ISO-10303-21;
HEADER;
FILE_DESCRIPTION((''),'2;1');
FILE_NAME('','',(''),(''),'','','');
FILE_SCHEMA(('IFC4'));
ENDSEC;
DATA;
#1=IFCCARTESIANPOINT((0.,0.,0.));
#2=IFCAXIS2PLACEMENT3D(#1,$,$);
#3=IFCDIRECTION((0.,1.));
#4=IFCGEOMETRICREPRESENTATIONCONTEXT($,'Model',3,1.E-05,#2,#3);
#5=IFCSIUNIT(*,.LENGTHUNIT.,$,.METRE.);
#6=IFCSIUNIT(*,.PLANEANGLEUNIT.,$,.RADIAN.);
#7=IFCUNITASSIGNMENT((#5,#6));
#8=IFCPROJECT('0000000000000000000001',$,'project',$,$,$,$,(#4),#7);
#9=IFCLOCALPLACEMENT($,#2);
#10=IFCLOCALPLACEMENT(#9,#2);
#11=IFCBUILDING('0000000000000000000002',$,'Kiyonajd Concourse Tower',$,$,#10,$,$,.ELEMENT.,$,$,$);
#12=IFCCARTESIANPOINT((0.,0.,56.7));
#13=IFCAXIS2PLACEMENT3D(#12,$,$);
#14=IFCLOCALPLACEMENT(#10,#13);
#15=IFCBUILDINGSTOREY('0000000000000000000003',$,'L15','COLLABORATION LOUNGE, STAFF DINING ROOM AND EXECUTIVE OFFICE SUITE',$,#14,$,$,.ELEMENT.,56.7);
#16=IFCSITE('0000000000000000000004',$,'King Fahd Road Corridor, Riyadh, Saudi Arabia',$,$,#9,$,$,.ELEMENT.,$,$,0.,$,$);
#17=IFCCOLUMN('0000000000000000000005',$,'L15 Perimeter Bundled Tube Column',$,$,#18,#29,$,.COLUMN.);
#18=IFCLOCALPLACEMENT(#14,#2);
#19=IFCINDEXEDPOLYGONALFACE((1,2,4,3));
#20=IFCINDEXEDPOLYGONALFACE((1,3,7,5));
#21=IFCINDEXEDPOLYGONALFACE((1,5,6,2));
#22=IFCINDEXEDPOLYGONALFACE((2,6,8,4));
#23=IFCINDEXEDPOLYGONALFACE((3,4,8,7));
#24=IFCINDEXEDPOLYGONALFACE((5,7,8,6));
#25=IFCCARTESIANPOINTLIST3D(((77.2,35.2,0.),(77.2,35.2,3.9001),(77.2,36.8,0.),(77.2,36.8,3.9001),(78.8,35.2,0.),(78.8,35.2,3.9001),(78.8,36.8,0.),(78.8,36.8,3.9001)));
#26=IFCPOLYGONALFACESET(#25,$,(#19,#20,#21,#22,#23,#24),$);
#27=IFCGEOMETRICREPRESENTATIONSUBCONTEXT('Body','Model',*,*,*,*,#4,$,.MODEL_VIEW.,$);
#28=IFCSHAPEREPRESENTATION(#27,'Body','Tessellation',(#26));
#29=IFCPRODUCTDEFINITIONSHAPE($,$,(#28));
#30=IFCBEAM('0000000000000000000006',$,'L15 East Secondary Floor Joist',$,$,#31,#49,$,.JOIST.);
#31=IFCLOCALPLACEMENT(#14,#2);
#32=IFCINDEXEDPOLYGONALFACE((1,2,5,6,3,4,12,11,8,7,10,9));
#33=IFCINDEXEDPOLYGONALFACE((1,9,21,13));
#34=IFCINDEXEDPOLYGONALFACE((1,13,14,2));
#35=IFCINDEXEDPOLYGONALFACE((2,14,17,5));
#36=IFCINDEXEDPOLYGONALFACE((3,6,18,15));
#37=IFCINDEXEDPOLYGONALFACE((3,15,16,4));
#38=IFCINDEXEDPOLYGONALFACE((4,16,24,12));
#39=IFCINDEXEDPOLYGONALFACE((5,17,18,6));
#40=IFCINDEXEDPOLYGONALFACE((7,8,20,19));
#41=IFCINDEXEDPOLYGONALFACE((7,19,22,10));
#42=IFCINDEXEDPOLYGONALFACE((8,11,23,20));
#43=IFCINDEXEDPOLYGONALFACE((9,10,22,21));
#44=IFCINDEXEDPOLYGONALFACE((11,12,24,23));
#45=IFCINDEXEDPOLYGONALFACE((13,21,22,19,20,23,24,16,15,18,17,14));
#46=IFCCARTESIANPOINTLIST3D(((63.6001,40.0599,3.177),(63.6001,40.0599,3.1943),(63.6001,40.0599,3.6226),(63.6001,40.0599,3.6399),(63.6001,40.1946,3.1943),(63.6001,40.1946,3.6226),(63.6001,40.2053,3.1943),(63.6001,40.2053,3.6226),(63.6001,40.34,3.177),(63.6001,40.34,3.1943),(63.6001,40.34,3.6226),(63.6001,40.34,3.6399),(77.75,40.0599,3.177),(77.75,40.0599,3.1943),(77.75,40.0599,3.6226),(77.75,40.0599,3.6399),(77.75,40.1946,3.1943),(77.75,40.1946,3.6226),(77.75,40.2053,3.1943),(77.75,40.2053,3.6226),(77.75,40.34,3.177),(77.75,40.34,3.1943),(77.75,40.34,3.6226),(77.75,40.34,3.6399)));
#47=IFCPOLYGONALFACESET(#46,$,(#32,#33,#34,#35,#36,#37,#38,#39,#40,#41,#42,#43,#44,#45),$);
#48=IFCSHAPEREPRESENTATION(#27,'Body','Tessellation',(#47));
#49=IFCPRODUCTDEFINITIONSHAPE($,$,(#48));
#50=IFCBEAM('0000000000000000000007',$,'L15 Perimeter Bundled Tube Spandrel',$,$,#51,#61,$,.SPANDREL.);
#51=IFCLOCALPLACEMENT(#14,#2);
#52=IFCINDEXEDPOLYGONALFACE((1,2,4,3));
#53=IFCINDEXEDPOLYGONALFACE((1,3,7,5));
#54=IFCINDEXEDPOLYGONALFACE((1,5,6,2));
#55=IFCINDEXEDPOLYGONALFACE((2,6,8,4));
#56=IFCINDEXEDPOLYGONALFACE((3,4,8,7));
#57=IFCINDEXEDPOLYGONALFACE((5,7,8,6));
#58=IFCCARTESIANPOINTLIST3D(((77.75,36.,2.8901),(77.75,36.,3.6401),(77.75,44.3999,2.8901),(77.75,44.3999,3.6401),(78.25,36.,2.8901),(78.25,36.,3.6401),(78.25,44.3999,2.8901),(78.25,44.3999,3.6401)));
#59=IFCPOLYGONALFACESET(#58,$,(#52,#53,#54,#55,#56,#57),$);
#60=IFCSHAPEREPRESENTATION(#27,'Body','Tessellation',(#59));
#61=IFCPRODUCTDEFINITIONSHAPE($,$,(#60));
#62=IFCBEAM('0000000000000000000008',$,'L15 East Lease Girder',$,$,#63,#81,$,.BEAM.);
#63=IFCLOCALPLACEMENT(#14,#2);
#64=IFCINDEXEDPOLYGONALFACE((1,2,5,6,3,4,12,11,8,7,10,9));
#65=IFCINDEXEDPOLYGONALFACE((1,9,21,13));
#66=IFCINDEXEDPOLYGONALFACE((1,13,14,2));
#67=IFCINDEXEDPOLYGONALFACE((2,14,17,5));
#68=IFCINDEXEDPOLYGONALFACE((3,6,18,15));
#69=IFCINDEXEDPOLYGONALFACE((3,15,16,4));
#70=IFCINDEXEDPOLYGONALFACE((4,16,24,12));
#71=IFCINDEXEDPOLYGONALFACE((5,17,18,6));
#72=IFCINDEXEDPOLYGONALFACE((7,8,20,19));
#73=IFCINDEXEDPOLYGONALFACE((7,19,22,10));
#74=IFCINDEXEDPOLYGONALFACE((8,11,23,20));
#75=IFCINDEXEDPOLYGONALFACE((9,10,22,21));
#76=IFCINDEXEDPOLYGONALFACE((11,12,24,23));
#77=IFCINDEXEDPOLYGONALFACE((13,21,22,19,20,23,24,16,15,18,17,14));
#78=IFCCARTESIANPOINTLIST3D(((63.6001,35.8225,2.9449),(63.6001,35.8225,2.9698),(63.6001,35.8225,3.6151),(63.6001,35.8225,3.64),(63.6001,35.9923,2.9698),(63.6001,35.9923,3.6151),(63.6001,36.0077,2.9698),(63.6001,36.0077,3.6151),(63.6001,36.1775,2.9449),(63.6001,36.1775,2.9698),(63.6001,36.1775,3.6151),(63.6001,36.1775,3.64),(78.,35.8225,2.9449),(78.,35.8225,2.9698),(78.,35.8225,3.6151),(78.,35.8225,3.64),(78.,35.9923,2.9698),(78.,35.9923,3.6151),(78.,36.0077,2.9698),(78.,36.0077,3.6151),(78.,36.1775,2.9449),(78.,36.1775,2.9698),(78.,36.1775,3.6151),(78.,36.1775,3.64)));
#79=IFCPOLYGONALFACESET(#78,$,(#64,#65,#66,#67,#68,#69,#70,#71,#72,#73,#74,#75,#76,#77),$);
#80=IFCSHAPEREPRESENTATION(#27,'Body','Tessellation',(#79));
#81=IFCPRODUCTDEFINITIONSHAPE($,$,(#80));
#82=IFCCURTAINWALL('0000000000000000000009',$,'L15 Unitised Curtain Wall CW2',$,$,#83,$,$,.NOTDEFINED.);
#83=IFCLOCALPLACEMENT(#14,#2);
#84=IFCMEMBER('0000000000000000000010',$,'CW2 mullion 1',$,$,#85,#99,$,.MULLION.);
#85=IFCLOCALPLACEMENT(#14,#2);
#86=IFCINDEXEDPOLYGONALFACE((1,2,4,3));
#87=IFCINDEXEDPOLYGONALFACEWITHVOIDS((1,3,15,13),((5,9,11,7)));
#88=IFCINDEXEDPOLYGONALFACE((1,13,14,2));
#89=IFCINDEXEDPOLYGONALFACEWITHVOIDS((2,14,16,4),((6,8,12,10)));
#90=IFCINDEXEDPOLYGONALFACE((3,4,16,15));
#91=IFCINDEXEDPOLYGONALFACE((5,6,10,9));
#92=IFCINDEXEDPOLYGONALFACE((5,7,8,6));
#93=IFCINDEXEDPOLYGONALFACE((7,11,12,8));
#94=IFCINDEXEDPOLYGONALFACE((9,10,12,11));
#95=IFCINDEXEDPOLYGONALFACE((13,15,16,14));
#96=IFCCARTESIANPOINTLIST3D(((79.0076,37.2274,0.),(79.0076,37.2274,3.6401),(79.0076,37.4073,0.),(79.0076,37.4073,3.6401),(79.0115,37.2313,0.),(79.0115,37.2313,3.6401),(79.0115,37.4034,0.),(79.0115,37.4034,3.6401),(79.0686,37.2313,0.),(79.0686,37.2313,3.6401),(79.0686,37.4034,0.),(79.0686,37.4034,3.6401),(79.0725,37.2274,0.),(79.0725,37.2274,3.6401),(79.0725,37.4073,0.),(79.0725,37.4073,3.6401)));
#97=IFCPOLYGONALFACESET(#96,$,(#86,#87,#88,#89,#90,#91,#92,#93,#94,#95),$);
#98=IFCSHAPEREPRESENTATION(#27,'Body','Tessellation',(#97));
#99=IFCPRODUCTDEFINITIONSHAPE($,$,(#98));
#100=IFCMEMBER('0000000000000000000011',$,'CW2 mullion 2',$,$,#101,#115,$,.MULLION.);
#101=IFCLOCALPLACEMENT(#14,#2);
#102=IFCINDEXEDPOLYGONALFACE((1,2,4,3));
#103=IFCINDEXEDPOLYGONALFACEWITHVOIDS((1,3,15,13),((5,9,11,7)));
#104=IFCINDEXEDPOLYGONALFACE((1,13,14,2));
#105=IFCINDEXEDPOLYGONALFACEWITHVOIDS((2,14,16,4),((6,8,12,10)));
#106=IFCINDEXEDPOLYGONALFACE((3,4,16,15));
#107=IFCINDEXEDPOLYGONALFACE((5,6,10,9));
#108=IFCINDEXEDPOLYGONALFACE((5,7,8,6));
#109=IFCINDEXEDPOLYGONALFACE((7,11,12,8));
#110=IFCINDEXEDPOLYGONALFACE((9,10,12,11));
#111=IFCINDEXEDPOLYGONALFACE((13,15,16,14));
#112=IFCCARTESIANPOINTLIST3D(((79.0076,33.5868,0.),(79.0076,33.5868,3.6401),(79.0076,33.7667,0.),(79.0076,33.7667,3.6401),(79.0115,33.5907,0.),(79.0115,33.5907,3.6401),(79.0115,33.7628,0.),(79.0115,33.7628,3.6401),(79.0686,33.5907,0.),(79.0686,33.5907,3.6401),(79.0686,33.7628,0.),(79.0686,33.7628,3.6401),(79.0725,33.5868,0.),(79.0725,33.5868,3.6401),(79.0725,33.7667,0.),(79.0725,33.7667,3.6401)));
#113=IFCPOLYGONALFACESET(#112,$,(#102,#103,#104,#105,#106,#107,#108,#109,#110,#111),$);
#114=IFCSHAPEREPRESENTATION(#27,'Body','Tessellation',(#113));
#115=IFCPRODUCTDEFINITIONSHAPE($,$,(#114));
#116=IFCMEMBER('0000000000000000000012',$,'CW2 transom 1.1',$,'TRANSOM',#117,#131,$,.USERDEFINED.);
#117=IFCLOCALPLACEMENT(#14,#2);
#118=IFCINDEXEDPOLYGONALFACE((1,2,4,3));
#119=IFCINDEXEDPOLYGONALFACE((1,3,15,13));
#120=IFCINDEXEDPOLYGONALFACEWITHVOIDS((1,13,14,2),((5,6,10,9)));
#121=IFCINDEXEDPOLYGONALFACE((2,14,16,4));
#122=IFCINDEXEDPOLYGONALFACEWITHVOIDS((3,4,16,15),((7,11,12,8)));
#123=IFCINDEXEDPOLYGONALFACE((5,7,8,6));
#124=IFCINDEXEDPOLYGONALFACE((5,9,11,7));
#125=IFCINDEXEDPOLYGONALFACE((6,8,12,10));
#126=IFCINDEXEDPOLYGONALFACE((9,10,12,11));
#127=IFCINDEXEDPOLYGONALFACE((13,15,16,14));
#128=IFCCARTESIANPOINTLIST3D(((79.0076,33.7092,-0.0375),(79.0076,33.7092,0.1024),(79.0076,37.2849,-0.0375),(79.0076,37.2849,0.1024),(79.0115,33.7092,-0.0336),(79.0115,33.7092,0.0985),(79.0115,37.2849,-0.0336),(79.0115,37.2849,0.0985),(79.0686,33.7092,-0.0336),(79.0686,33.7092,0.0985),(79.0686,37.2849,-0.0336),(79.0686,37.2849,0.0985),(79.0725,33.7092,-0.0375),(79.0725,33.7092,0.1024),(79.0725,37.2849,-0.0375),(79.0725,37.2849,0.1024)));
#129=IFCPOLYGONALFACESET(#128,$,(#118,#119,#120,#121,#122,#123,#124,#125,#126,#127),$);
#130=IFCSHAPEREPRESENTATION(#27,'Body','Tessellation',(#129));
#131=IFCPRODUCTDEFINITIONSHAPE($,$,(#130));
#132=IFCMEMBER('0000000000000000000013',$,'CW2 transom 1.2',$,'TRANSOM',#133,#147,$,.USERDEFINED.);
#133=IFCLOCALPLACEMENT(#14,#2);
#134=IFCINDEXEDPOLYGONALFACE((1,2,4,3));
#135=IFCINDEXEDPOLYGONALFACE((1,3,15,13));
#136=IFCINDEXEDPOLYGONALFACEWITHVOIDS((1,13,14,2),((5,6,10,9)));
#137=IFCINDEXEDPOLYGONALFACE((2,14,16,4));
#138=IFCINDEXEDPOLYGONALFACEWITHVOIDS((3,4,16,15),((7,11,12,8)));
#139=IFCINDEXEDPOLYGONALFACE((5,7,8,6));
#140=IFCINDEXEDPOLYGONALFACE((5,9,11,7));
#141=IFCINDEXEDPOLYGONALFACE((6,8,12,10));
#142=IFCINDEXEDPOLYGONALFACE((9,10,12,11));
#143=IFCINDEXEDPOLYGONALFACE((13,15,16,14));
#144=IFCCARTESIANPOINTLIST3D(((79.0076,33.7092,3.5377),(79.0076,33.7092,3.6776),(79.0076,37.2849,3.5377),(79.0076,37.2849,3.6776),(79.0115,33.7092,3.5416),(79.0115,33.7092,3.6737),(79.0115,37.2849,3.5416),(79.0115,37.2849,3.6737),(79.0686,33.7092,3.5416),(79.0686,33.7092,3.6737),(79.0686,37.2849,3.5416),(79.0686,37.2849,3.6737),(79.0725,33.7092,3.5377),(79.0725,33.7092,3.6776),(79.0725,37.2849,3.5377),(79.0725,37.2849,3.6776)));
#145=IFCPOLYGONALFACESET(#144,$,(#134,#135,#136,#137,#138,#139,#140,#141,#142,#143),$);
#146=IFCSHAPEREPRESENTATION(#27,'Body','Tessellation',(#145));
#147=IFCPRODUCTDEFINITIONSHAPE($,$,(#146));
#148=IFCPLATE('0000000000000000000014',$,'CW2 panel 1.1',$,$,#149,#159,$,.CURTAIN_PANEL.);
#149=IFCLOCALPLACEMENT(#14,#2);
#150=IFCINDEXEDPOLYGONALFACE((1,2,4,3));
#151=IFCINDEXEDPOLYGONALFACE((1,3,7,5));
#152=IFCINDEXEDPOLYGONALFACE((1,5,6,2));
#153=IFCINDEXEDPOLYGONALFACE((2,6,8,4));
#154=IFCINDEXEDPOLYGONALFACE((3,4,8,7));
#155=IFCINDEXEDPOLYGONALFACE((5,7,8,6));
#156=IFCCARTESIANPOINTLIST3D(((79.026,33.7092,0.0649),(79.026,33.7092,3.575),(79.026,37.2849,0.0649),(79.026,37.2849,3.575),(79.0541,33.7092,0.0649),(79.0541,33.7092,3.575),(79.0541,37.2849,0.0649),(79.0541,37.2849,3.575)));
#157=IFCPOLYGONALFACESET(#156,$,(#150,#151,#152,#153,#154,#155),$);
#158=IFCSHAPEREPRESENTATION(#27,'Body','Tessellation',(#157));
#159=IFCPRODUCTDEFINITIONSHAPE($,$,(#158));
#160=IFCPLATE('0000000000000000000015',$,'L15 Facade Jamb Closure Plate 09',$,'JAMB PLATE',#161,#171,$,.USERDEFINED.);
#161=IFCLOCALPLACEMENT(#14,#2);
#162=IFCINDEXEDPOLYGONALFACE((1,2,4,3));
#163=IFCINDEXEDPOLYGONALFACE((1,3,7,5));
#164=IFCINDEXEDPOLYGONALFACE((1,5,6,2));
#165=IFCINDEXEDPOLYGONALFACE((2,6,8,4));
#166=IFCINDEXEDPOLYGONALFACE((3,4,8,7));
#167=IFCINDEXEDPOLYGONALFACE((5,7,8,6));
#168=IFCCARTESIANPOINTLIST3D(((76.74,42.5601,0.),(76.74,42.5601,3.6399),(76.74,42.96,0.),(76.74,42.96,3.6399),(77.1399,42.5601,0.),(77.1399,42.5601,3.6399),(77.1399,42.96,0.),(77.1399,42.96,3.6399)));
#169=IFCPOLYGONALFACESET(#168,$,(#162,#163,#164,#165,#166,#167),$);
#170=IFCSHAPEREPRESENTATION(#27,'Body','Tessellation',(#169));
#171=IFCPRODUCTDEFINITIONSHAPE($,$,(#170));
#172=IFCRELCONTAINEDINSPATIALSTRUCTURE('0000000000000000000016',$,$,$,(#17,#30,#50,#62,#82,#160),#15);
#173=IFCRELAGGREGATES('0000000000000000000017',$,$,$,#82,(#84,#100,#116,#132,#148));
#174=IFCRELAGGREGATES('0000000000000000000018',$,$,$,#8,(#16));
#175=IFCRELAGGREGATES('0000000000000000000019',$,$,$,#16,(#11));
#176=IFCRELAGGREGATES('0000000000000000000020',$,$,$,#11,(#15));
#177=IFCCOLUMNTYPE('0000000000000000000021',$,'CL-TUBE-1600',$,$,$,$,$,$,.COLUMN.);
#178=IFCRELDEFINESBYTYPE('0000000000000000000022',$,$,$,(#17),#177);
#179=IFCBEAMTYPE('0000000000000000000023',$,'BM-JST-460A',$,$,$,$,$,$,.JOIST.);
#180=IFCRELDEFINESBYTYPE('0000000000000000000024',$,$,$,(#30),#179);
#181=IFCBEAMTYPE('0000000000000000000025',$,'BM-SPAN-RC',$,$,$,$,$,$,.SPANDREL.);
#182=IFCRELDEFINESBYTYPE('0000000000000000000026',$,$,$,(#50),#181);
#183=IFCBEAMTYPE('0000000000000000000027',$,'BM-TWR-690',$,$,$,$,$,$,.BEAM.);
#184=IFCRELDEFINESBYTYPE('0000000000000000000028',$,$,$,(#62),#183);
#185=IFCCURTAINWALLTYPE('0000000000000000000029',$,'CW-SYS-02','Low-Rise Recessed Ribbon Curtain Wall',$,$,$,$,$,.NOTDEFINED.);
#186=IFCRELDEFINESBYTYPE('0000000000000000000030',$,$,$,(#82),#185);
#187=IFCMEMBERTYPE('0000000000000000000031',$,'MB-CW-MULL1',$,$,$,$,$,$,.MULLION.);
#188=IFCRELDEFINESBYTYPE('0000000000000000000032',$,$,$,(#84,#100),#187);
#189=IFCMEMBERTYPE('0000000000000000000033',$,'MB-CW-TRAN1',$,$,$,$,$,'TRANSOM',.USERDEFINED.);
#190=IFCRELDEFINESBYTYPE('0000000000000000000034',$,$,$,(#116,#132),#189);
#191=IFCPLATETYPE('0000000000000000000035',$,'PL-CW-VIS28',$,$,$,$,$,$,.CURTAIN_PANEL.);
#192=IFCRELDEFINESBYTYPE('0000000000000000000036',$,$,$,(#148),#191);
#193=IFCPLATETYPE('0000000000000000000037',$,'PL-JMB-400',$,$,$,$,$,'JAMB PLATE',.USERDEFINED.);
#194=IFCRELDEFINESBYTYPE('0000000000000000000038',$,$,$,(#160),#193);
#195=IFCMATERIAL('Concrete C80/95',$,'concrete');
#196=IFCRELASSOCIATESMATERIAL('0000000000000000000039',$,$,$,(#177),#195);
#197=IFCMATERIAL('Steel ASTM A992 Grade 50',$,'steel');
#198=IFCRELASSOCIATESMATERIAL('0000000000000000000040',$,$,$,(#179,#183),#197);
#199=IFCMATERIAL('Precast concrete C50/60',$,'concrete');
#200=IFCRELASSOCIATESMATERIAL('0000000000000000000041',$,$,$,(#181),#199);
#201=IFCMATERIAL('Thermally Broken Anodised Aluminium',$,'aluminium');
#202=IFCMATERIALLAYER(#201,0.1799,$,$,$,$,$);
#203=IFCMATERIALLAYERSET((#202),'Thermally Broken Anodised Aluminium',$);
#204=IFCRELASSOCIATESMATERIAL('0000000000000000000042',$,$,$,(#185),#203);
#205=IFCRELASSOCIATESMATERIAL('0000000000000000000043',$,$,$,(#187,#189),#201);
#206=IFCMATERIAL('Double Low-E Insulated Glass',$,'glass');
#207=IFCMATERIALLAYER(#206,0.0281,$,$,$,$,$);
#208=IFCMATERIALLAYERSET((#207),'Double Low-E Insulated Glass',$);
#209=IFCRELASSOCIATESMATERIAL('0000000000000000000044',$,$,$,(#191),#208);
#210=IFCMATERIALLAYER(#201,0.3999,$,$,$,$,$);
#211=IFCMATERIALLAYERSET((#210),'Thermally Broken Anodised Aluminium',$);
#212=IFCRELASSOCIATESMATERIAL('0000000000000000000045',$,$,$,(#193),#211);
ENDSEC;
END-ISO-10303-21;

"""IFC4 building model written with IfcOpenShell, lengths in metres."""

from ifc_helpers import new_model, si_unit, direction, frame, origin, origin_2d, place, context, subcontext, project, spatial, rectangle, hollow_rectangle, i_section, extrude, material, layer, layer_set, material_profile, profile_set, type_object, element, aggregate, save


model = new_model("IFC4")

# Units and contexts
model_context = context("Model", 3, precision=1e-05, world=origin(), true_north=direction((0.0, 1.0)))
body_context = subcontext(model_context, "Body", "Model", "MODEL_VIEW")
ifc_project = project(units=[si_unit("LENGTHUNIT", "METRE"), si_unit("PLANEANGLEUNIT", "RADIAN")], contexts=[model_context])

# Site, building, storey
site_placement = place(None, origin())
site = spatial("IfcSite", under=ifc_project, at=site_placement, Name="King Fahd Road Corridor, Riyadh, Saudi Arabia", CompositionType="ELEMENT", RefElevation=0.0)
building_placement = place(site_placement, origin())
building = spatial("IfcBuilding", under=site, at=building_placement, Name="Kiyonajd Concourse Tower", CompositionType="ELEMENT")
storey_placement = place(building_placement, frame((0.0, 0.0, 56.7)))
storey = spatial("IfcBuildingStorey", under=building, at=storey_placement, Name="L15", Description="COLLABORATION LOUNGE, STAFF DINING ROOM AND EXECUTIVE OFFICE SUITE", CompositionType="ELEMENT", Elevation=56.7)

# Column
ifc_material_1 = material(Name="Concrete C80/95", Category="concrete")
ifc_material_profile_1 = material_profile(ifc_material_1, rectangle(XDim=1.6001, YDim=1.6001, at=origin_2d()), Name="RC-1600x1600")
ifc_profile_set_1 = profile_set([ifc_material_profile_1], Name="Concrete C80/95")
column_type = type_object("IfcColumnType", Name="CL-TUBE-1600", PredefinedType="COLUMN", material=ifc_profile_set_1)
column_placement = place(storey_placement, frame((78.0, 36.0, 0.0), z_axis=(0.0, 0.0, 1.0), x_axis=(1.0, 0.0, 0.0)))
element("IfcColumn", 1, at=column_placement, inside=storey, type_object=column_type, Name="L15 Perimeter Bundled Tube Column", PredefinedType="COLUMN", context=body_context, shape_type="SweptSolid", body=[
    extrude(rectangle(XDim=1.6001, YDim=1.6001, at=origin_2d()), origin(), (0.0, 0.0, 1.0), 3.9001),
])

# Beams
ifc_material_2 = material(Name="Steel ASTM A992 Grade 50", Category="steel")
ifc_material_profile_2 = material_profile(ifc_material_2, i_section(OverallWidth=0.28, OverallDepth=0.4629, WebThickness=0.0107, FlangeThickness=0.0173, at=origin_2d()), Name="W460X113")
ifc_profile_set_2 = profile_set([ifc_material_profile_2], Name="Steel ASTM A992 Grade 50")
beam_type_1 = type_object("IfcBeamType", Name="BM-JST-460A", PredefinedType="JOIST", material=ifc_profile_set_2)
beam_1_placement = place(storey_placement, frame((63.6001, 40.2, 3.4084), z_axis=(1.0, 0.0, 0.0), x_axis=(0.0, 1.0, 0.0)))
element("IfcBeam", 2, at=beam_1_placement, inside=storey, type_object=beam_type_1, Name="L15 East Secondary Floor Joist", PredefinedType="JOIST", context=body_context, shape_type="SweptSolid", body=[
    extrude(i_section(OverallWidth=0.28, OverallDepth=0.4629, WebThickness=0.0107, FlangeThickness=0.0173, at=origin_2d()), origin(), (0.0, 0.0, 1.0), 14.1499),
])
ifc_material_3 = material(Name="Precast concrete C50/60", Category="concrete")
ifc_material_profile_3 = material_profile(ifc_material_3, rectangle(XDim=0.5, YDim=0.75, at=origin_2d()), Name="RCBM-500x750")
ifc_profile_set_3 = profile_set([ifc_material_profile_3], Name="Precast concrete C50/60")
beam_type_2 = type_object("IfcBeamType", Name="BM-SPAN-RC", PredefinedType="SPANDREL", material=ifc_profile_set_3)
beam_2_placement = place(storey_placement, frame((78.0, 36.0, 3.2651), z_axis=(0.0, 1.0, 0.0), x_axis=(-1.0, 0.0, 0.0)))
element("IfcBeam", 3, at=beam_2_placement, inside=storey, type_object=beam_type_2, Name="L15 Perimeter Bundled Tube Spandrel", PredefinedType="SPANDREL", context=body_context, shape_type="SweptSolid", body=[
    extrude(rectangle(XDim=0.5, YDim=0.75, at=origin_2d()), origin(), (0.0, 0.0, 1.0), 8.3999),
])
ifc_material_profile_4 = material_profile(ifc_material_2, i_section(OverallWidth=0.355, OverallDepth=0.6951, WebThickness=0.0154, FlangeThickness=0.0249, at=origin_2d()), Name="W690X217")
ifc_profile_set_4 = profile_set([ifc_material_profile_4], Name="Steel ASTM A992 Grade 50")
beam_type_3 = type_object("IfcBeamType", Name="BM-TWR-690", PredefinedType="BEAM", material=ifc_profile_set_4)
beam_3_placement = place(storey_placement, frame((63.6001, 36.0, 3.2925), z_axis=(1.0, 0.0, 0.0), x_axis=(0.0, 1.0, 0.0)))
element("IfcBeam", 4, at=beam_3_placement, inside=storey, type_object=beam_type_3, Name="L15 East Lease Girder", PredefinedType="BEAM", context=body_context, shape_type="SweptSolid", body=[
    extrude(i_section(OverallWidth=0.355, OverallDepth=0.6951, WebThickness=0.0154, FlangeThickness=0.0249, at=origin_2d()), origin(), (0.0, 0.0, 1.0), 14.3999),
])

# Curtain wall, members, plate
ifc_material_4 = material(Name="Thermally Broken Anodised Aluminium", Category="aluminium")
ifc_layer_1 = layer(ifc_material_4, 0.1799)
ifc_layer_set_1 = layer_set([ifc_layer_1], Name="Thermally Broken Anodised Aluminium")
curtain_wall_type = type_object("IfcCurtainWallType", Name="CW-SYS-02", Description="Low-Rise Recessed Ribbon Curtain Wall", PredefinedType="NOTDEFINED", material=ifc_layer_set_1)
curtain_wall_placement = place(storey_placement, origin())
curtain_wall = element("IfcCurtainWall", 5, at=curtain_wall_placement, inside=storey, type_object=curtain_wall_type, Name="L15 Unitised Curtain Wall CW2", PredefinedType="NOTDEFINED")
ifc_material_profile_5 = material_profile(ifc_material_4, hollow_rectangle(XDim=0.0649, YDim=0.1799, WallThickness=0.0039, at=origin_2d()), Name="MULL-65x180")
ifc_profile_set_5 = profile_set([ifc_material_profile_5], Name="Thermally Broken Anodised Aluminium")
member_type_1 = type_object("IfcMemberType", Name="MB-CW-MULL1", PredefinedType="MULLION", material=ifc_profile_set_5)
member_1_placement = place(storey_placement, frame((79.04, 37.3174, 0.0), z_axis=(0.0, 0.0, 1.0), x_axis=(1.0, 0.0, 0.0)))
member_1 = element("IfcMember", 6, at=member_1_placement, type_object=member_type_1, Name="CW2 mullion 1", PredefinedType="MULLION", context=body_context, shape_type="SweptSolid", body=[
    extrude(hollow_rectangle(XDim=0.0649, YDim=0.1799, WallThickness=0.0039, at=origin_2d()), origin(), (0.0, 0.0, 1.0), 3.6401),
])
member_2_placement = place(storey_placement, frame((79.04, 33.6768, 0.0), z_axis=(0.0, 0.0, 1.0), x_axis=(1.0, 0.0, 0.0)))
member_2 = element("IfcMember", 7, at=member_2_placement, type_object=member_type_1, Name="CW2 mullion 2", PredefinedType="MULLION", context=body_context, shape_type="SweptSolid", body=[
    extrude(hollow_rectangle(XDim=0.0649, YDim=0.1799, WallThickness=0.0039, at=origin_2d()), origin(), (0.0, 0.0, 1.0), 3.6401),
])
ifc_material_profile_6 = material_profile(ifc_material_4, hollow_rectangle(XDim=0.0649, YDim=0.1399, WallThickness=0.0039, at=origin_2d()), Name="TRAN-65x140")
ifc_profile_set_6 = profile_set([ifc_material_profile_6], Name="Thermally Broken Anodised Aluminium")
member_type_2 = type_object("IfcMemberType", Name="MB-CW-TRAN1", ElementType="TRANSOM", PredefinedType="USERDEFINED", material=ifc_profile_set_6)
member_3_placement = place(storey_placement, frame((79.04, 37.2849, 0.0325), z_axis=(0.0, -1.0, 0.0), x_axis=(1.0, 0.0, 0.0)))
member_3 = element("IfcMember", 8, at=member_3_placement, type_object=member_type_2, Name="CW2 transom 1.1", ObjectType="TRANSOM", PredefinedType="USERDEFINED", context=body_context, shape_type="SweptSolid", body=[
    extrude(hollow_rectangle(XDim=0.0649, YDim=0.1399, WallThickness=0.0039, at=origin_2d()), origin(), (0.0, 0.0, 1.0), 3.5757),
])
member_4_placement = place(storey_placement, frame((79.04, 37.2849, 3.6077), z_axis=(0.0, -1.0, 0.0), x_axis=(1.0, 0.0, 0.0)))
member_4 = element("IfcMember", 9, at=member_4_placement, type_object=member_type_2, Name="CW2 transom 1.2", ObjectType="TRANSOM", PredefinedType="USERDEFINED", context=body_context, shape_type="SweptSolid", body=[
    extrude(hollow_rectangle(XDim=0.0649, YDim=0.1399, WallThickness=0.0039, at=origin_2d()), origin(), (0.0, 0.0, 1.0), 3.5757),
])
ifc_material_5 = material(Name="Double Low-E Insulated Glass", Category="glass")
ifc_layer_2 = layer(ifc_material_5, 0.0281)
ifc_layer_set_2 = layer_set([ifc_layer_2], Name="Double Low-E Insulated Glass")
plate_type_1 = type_object("IfcPlateType", Name="PL-CW-VIS28", PredefinedType="CURTAIN_PANEL", material=ifc_layer_set_2)
plate_placement = place(storey_placement, frame((79.04, 35.4971, 0.0649), z_axis=(0.0, 0.0, 1.0), x_axis=(0.0, -1.0, 0.0)))
plate = element("IfcPlate", 10, at=plate_placement, type_object=plate_type_1, Name="CW2 panel 1.1", PredefinedType="CURTAIN_PANEL", context=body_context, shape_type="SweptSolid", body=[
    extrude(rectangle(XDim=3.5757, YDim=0.0281, at=origin_2d()), origin(), (0.0, 0.0, 1.0), 3.51),
])
aggregate(curtain_wall, [member_1, member_2, member_3, member_4, plate])

# Plate
ifc_layer_3 = layer(ifc_material_4, 0.3999)
ifc_layer_set_3 = layer_set([ifc_layer_3], Name="Thermally Broken Anodised Aluminium")
plate_type_2 = type_object("IfcPlateType", Name="PL-JMB-400", ElementType="JAMB PLATE", PredefinedType="USERDEFINED", material=ifc_layer_set_3)
for number, where, z_axis, x_axis, name in (
    (11, (76.9399, 42.76, 0.0), (0.0, 0.0, 1.0), (1.0, 0.0, 0.0), "L15 Facade Jamb Closure Plate 09"),
):
    element("IfcPlate", number, at=place(storey_placement, frame(where, z_axis=z_axis, x_axis=x_axis)), inside=storey, type_object=plate_type_2, Name=name, ObjectType="JAMB PLATE", PredefinedType="USERDEFINED", context=body_context, shape_type="SweptSolid", body=[
        extrude(rectangle(XDim=0.3999, YDim=0.3999, at=origin_2d()), origin(), (0.0, 0.0, 1.0), 3.6399),
    ])

save(model, "model.ifc")
